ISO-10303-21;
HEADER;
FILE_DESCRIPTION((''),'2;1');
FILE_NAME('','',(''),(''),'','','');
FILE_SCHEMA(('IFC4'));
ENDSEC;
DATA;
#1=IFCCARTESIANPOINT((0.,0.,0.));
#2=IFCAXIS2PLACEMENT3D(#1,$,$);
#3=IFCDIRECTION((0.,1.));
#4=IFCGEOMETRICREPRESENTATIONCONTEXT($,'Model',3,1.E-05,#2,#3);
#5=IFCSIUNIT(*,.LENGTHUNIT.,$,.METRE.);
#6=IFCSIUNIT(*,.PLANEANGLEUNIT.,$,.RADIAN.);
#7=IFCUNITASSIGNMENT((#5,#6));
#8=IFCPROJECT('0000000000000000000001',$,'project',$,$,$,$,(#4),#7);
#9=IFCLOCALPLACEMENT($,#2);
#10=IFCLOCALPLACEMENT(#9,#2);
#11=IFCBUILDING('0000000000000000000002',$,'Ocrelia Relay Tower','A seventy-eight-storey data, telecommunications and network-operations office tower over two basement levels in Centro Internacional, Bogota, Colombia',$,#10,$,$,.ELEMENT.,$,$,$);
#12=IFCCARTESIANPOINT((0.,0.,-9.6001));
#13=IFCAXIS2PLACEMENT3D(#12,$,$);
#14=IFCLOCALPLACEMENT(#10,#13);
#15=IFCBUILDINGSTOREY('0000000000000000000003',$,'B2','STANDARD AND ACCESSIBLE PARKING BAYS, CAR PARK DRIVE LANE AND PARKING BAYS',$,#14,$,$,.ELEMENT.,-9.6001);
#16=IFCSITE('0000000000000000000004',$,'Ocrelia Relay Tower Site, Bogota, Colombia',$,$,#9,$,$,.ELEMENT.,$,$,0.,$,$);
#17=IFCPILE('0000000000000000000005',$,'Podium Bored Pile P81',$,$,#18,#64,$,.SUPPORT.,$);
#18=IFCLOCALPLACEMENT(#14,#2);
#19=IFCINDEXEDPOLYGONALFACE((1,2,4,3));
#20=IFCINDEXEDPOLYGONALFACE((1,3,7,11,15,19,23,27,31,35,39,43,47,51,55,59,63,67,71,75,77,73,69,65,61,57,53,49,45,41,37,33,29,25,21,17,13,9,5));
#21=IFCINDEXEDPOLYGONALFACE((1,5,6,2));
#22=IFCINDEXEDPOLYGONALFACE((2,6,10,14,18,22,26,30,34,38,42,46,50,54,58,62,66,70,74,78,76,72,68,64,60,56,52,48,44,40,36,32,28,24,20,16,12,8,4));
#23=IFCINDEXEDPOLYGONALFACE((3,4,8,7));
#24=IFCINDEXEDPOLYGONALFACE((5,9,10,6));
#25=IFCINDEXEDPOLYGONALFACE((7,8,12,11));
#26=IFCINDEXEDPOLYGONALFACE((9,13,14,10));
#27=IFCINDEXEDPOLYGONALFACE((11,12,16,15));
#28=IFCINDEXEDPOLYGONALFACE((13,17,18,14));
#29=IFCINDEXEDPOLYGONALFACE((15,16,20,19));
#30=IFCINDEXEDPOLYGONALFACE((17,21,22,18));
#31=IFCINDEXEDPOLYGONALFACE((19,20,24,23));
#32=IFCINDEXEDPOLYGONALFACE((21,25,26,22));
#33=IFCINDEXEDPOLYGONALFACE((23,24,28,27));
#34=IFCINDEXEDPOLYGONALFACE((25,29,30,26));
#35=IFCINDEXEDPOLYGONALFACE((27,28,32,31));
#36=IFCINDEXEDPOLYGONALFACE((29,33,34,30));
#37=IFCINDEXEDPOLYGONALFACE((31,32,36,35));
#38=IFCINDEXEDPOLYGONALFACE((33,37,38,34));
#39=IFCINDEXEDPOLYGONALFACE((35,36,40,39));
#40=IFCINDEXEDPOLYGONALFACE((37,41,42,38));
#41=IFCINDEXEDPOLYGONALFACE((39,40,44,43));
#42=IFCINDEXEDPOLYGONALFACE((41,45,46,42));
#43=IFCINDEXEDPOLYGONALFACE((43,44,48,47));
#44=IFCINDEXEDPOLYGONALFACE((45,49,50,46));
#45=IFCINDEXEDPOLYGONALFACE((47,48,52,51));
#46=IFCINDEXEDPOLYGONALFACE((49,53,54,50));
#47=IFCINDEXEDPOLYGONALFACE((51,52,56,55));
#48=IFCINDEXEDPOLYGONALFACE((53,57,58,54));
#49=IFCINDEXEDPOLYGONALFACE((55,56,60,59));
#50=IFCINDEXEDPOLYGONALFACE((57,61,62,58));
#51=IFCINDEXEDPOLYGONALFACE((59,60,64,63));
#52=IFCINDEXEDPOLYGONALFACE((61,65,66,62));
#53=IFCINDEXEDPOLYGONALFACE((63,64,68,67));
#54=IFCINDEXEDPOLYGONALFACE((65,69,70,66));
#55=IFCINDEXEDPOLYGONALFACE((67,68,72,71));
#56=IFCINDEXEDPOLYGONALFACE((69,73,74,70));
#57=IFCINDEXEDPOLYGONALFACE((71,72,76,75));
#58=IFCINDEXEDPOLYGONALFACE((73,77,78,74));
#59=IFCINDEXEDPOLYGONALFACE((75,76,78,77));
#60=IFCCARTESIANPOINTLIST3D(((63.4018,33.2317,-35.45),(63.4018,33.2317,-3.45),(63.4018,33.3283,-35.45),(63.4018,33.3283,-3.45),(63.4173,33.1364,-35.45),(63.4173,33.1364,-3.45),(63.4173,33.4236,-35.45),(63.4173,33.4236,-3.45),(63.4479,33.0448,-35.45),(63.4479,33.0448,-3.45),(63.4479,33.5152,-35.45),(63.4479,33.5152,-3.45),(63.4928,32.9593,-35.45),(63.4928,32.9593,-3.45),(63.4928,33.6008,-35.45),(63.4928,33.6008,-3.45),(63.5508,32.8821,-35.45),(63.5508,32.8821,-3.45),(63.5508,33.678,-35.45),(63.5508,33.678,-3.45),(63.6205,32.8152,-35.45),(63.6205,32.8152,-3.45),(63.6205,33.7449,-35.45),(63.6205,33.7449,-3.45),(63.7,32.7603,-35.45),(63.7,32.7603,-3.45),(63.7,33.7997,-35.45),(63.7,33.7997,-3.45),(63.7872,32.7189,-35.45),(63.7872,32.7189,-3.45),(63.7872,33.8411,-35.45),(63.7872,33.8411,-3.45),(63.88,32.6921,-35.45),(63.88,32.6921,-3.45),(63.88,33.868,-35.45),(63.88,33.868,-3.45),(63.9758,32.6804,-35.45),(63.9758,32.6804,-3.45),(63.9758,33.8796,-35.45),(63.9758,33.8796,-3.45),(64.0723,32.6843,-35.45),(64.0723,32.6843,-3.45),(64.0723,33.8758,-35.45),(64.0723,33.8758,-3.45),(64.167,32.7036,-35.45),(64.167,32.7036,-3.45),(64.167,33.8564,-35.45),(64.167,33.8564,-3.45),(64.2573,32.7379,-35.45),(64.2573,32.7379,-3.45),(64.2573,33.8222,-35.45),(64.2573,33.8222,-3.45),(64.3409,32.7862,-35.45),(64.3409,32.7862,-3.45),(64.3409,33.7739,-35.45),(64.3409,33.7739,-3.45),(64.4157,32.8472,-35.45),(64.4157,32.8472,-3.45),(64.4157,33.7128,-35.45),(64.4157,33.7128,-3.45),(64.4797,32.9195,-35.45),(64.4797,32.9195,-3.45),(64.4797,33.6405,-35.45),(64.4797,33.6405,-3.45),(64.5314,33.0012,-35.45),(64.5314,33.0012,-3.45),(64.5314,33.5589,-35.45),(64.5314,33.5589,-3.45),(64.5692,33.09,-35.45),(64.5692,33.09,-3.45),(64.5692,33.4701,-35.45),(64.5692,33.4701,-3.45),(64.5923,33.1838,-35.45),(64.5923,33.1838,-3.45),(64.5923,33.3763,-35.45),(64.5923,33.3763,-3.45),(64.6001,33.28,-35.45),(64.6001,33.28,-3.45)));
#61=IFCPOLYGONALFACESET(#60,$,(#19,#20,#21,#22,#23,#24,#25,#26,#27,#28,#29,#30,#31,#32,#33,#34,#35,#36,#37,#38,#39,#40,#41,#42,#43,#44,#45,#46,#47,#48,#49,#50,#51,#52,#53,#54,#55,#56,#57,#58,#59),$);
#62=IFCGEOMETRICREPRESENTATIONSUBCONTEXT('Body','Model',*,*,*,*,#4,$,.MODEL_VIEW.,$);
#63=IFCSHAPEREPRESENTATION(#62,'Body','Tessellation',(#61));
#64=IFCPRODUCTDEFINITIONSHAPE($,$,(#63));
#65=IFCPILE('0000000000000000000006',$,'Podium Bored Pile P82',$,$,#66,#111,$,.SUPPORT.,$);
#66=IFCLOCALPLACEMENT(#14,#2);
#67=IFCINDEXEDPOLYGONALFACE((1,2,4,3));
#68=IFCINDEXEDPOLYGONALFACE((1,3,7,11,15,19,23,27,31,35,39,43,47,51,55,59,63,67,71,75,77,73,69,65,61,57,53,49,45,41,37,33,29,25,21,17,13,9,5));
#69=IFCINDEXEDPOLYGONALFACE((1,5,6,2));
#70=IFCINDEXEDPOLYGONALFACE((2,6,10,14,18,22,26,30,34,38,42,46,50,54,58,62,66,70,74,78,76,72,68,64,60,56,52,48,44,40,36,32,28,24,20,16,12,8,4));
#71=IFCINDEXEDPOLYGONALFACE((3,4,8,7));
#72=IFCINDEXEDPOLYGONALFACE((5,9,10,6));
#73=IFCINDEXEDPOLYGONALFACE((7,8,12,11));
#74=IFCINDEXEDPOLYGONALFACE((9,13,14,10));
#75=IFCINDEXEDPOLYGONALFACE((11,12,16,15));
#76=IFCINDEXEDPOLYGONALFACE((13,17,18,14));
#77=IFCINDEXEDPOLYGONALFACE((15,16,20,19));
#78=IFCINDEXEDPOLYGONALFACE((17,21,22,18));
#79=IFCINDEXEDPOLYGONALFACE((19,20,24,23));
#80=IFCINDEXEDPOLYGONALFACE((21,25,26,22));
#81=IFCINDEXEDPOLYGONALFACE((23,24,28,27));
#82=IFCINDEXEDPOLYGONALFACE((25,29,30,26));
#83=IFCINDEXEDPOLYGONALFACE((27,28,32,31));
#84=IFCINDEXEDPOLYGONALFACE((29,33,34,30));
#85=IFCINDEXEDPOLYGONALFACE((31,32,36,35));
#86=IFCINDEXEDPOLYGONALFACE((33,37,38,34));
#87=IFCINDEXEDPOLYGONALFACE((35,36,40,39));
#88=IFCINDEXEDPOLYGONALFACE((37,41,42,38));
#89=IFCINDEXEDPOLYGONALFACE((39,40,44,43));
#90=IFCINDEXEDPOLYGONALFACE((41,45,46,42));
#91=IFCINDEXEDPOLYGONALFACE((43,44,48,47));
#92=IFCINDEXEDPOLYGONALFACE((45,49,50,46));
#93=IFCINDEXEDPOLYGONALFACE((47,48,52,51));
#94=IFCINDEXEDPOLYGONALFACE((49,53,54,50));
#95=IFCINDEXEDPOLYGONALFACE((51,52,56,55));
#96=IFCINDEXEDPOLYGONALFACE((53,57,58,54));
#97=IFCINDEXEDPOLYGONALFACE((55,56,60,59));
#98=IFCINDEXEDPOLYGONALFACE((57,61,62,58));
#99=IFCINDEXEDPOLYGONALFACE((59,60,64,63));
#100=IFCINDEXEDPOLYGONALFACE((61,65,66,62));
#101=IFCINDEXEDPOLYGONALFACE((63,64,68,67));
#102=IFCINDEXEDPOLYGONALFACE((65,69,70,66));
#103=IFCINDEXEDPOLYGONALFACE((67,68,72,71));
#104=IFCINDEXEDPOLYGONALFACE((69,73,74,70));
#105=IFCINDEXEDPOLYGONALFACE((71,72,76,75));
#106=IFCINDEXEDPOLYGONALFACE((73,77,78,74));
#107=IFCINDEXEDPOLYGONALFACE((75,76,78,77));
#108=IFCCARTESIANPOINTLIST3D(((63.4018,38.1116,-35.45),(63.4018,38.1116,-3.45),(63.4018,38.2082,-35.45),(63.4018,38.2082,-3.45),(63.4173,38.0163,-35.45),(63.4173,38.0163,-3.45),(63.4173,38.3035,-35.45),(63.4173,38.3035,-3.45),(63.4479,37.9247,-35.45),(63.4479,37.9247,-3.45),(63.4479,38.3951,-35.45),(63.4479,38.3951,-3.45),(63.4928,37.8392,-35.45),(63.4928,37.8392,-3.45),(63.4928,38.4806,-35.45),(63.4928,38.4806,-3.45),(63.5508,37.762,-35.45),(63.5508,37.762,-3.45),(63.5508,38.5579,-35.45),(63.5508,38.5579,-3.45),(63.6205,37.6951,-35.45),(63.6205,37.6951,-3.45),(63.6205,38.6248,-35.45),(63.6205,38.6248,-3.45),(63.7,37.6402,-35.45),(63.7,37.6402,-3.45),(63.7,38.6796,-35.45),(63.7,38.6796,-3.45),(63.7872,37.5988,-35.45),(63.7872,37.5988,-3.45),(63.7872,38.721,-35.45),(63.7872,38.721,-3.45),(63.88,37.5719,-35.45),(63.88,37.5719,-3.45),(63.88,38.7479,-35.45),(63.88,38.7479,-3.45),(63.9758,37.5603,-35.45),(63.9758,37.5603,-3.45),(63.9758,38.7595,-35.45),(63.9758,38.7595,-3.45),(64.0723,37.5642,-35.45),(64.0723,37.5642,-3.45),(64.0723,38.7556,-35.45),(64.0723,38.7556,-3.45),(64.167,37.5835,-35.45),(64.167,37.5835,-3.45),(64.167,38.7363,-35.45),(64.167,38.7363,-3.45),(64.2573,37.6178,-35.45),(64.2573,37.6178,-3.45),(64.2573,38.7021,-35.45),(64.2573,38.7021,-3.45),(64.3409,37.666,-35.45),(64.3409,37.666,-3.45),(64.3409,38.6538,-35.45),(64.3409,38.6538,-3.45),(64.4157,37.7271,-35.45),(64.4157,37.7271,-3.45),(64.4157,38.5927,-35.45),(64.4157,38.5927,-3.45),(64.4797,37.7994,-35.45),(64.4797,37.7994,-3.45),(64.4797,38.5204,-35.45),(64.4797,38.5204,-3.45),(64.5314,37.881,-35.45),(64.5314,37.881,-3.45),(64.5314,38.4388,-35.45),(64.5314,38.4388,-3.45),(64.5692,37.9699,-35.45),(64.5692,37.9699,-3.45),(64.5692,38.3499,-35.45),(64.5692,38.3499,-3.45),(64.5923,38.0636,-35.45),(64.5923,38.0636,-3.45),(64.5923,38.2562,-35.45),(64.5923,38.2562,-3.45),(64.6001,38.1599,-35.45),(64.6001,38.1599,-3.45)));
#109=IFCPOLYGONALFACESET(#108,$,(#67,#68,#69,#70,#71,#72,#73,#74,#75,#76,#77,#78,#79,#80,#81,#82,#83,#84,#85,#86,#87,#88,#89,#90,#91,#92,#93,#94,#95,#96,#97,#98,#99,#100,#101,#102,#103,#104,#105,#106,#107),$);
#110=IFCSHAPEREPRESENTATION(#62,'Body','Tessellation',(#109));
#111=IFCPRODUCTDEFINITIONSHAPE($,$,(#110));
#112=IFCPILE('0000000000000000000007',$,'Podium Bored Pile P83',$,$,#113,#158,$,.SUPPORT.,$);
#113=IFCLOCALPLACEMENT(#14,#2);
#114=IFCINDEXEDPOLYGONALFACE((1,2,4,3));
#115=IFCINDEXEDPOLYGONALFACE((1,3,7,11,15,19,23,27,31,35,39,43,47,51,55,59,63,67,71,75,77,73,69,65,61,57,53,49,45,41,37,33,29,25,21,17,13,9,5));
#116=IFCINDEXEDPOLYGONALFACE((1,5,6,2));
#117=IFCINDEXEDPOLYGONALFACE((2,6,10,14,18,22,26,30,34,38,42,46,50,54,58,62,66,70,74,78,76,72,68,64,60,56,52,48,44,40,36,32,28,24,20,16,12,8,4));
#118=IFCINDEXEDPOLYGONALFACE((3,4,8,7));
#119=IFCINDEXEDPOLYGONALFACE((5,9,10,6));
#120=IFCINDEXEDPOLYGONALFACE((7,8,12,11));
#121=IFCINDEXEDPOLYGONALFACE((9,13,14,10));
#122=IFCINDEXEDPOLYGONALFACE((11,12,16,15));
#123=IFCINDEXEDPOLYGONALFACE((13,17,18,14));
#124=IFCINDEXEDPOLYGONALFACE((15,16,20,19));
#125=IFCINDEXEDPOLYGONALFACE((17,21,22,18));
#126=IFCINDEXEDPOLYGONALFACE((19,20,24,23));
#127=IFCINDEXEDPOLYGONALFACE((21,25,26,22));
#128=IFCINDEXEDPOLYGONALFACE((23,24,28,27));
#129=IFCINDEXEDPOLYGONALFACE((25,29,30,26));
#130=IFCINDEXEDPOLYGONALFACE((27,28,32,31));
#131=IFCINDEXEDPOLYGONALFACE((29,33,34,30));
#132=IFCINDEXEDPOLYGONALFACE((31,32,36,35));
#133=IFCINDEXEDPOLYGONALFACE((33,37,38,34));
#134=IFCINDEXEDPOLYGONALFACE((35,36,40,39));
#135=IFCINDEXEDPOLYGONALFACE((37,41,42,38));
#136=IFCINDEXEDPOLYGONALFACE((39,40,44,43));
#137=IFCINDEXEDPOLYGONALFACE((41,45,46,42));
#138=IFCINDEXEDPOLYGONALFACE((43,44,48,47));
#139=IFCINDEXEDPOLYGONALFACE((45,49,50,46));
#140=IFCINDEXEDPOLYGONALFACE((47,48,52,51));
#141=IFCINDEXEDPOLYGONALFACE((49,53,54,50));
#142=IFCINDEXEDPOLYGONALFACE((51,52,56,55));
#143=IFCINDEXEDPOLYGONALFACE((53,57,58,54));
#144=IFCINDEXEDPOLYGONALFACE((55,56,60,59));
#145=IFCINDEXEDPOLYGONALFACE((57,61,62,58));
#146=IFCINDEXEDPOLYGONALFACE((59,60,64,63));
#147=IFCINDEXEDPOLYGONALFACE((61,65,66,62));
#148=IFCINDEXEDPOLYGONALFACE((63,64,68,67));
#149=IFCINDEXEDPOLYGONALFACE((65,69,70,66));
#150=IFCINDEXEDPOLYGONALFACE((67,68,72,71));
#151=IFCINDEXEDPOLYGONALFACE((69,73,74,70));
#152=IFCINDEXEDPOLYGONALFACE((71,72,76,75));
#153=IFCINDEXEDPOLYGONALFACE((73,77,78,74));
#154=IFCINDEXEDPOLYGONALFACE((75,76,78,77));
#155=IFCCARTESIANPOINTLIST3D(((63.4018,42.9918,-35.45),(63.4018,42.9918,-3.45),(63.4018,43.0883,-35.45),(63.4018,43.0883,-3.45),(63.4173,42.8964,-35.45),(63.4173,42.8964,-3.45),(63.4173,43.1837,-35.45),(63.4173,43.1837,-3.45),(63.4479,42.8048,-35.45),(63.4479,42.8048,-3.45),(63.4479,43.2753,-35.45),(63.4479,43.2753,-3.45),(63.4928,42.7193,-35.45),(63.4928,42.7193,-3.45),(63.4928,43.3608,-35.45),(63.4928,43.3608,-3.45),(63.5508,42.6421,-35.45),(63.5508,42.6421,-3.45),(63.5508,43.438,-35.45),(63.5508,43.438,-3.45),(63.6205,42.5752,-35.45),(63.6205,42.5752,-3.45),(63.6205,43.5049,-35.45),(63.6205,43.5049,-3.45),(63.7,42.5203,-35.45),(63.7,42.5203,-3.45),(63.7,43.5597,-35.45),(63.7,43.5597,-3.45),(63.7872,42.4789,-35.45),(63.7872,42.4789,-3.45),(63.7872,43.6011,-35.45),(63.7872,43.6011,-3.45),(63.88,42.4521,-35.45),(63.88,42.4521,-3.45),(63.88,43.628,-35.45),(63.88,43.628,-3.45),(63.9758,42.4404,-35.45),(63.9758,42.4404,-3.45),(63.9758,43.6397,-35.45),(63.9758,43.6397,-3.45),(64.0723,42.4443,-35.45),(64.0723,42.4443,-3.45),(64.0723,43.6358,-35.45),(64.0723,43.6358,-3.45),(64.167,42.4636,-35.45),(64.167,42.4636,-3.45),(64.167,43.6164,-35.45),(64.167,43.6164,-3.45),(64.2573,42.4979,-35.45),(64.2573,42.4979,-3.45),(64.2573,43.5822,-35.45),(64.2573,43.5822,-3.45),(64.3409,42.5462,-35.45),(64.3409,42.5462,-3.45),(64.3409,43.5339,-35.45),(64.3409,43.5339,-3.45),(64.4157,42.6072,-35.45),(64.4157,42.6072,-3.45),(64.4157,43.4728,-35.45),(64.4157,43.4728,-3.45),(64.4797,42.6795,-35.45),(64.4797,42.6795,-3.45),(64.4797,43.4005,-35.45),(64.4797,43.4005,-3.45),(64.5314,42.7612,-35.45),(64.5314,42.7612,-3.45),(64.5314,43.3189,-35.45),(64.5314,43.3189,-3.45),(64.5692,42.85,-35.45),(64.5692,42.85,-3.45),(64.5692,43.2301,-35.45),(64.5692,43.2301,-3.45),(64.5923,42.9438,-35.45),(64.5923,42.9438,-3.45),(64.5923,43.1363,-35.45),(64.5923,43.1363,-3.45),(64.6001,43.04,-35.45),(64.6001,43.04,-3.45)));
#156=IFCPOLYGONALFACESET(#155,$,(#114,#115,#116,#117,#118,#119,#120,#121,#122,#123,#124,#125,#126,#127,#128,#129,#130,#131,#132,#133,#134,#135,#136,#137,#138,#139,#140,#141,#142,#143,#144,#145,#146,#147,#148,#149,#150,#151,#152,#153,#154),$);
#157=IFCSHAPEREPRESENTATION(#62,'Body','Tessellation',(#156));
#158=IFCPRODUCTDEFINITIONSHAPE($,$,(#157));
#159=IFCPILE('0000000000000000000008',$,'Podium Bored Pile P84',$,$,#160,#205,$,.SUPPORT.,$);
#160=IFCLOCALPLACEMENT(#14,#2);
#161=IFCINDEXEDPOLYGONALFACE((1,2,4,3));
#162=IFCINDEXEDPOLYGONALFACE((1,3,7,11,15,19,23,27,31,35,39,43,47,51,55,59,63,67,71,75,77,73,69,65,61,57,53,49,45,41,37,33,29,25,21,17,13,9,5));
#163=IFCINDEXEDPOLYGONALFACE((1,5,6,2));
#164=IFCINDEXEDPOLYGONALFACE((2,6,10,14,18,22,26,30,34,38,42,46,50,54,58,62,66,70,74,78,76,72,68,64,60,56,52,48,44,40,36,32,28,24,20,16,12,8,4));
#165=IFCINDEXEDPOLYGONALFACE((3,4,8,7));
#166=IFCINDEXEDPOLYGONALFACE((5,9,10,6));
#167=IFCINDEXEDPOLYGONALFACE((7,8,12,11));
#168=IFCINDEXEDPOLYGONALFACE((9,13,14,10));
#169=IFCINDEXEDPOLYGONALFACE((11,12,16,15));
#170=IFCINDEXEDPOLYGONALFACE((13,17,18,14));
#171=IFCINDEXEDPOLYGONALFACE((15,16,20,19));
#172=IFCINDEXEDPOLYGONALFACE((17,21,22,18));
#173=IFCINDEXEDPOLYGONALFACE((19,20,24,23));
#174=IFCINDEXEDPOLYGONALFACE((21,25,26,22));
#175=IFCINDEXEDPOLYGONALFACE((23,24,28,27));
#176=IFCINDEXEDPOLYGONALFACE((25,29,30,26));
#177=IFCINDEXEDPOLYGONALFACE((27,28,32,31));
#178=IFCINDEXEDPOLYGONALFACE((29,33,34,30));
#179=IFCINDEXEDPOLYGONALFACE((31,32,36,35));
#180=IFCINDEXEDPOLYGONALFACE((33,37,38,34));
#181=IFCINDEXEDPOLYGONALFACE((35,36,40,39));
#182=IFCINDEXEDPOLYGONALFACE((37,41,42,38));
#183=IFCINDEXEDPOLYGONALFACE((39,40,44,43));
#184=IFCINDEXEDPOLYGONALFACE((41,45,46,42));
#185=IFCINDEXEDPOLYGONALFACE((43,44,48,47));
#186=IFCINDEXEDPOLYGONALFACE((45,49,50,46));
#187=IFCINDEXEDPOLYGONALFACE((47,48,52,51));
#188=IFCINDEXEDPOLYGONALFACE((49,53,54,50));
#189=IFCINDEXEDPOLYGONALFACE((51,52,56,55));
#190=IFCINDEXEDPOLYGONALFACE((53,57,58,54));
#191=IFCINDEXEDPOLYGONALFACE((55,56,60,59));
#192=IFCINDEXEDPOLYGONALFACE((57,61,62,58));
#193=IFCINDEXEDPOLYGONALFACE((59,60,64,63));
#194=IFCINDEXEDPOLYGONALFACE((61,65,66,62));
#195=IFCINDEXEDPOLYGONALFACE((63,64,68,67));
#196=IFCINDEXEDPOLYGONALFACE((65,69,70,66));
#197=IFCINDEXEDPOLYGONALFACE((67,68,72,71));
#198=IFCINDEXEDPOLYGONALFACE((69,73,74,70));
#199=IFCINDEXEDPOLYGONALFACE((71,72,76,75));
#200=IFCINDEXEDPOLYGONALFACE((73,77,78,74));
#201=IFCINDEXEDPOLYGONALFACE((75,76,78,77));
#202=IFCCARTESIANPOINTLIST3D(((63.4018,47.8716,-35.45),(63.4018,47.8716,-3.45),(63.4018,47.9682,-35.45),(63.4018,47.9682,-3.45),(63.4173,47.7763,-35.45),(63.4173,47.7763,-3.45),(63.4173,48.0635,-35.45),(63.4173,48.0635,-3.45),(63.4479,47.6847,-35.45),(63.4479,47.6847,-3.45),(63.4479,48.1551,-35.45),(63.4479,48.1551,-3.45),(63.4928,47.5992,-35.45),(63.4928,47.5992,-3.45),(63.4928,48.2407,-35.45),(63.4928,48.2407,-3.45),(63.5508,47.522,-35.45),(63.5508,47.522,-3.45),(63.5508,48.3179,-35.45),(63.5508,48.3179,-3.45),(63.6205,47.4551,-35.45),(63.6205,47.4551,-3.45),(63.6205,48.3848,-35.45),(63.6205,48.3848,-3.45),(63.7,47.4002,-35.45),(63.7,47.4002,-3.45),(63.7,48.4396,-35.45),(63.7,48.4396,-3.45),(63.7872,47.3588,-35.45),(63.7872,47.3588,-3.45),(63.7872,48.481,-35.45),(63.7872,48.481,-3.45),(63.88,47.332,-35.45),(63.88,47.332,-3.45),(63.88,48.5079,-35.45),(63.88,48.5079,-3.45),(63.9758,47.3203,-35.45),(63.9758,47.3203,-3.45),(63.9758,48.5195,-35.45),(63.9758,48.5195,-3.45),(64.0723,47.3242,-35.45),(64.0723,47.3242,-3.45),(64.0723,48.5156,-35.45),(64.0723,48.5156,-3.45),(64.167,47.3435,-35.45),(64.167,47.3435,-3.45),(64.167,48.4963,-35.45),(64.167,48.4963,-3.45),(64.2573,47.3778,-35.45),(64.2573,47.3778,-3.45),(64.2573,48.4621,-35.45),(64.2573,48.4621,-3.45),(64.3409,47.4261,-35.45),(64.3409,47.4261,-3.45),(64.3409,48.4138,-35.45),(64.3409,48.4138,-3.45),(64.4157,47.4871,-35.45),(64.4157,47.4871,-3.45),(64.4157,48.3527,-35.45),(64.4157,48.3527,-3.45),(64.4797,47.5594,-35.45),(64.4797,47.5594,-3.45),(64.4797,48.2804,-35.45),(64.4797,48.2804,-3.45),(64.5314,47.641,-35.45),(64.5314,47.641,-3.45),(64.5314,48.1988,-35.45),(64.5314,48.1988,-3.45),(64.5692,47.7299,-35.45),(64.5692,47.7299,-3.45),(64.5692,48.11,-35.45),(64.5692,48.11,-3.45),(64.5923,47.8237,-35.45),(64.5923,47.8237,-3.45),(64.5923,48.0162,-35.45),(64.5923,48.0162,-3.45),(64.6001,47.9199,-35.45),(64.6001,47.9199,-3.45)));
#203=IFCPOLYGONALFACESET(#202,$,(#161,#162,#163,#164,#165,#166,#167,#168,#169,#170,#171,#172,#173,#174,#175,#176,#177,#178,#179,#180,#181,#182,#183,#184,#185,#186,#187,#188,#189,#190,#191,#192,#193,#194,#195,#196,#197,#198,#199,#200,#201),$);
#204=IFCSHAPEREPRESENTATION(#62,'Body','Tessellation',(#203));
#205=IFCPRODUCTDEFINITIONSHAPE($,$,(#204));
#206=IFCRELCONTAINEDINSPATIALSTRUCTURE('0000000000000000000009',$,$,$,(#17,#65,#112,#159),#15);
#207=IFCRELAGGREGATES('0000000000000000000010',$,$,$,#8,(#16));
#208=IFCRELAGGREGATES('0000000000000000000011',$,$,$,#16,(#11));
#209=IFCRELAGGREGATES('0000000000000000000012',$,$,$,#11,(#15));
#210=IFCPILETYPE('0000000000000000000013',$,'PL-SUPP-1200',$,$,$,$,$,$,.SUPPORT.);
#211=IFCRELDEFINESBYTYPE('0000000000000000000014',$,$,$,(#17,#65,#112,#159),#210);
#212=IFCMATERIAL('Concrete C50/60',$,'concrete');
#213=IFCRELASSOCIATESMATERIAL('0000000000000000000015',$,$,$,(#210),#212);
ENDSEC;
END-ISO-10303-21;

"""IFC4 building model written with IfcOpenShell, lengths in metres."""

from ifc_helpers import new_model, si_unit, direction, frame, origin, origin_2d, place, context, subcontext, project, spatial, circle, extrude, material, material_profile, profile_set, type_object, element, save


model = new_model("IFC4")

# Units and contexts
model_context = context("Model", 3, precision=1e-05, world=origin(), true_north=direction((0.0, 1.0)))
body_context = subcontext(model_context, "Body", "Model", "MODEL_VIEW")
ifc_project = project(units=[si_unit("LENGTHUNIT", "METRE"), si_unit("PLANEANGLEUNIT", "RADIAN")], contexts=[model_context])

# Site, building, storey
site_placement = place(None, origin())
site = spatial("IfcSite", under=ifc_project, at=site_placement, Name="Ocrelia Relay Tower Site, Bogota, Colombia", CompositionType="ELEMENT", RefElevation=0.0)
building_placement = place(site_placement, origin())
building = spatial("IfcBuilding", under=site, at=building_placement, Name="Ocrelia Relay Tower", Description="A seventy-eight-storey data, telecommunications and network-operations office tower over two basement levels in Centro Internacional, Bogota, Colombia", CompositionType="ELEMENT")
storey_placement = place(building_placement, frame((0.0, 0.0, -9.6001)))
storey = spatial("IfcBuildingStorey", under=building, at=storey_placement, Name="B2", Description="STANDARD AND ACCESSIBLE PARKING BAYS, CAR PARK DRIVE LANE AND PARKING BAYS", CompositionType="ELEMENT", Elevation=-9.6001)

# Piles
ifc_material_1 = material(Name="Concrete C50/60", Category="concrete")
ifc_material_profile_1 = material_profile(ifc_material_1, circle(Radius=0.6001, at=origin_2d()), Name="PILE-1200")
ifc_profile_set_1 = profile_set([ifc_material_profile_1], Name="Concrete C50/60")
pile_type_1 = type_object("IfcPileType", Name="PL-SUPP-1200", PredefinedType="SUPPORT", material=ifc_profile_set_1)
for number, where, z_axis, x_axis, name in (
    (1, (64.0, 33.28, -3.45), (0.0, 0.0, -1.0), (1.0, 0.0, 0.0), "Podium Bored Pile P81"),
    (2, (64.0, 38.1599, -3.45), (0.0, 0.0, -1.0), (1.0, 0.0, 0.0), "Podium Bored Pile P82"),
    (3, (64.0, 43.04, -3.45), (0.0, 0.0, -1.0), (1.0, 0.0, 0.0), "Podium Bored Pile P83"),
    (4, (64.0, 47.9199, -3.45), (0.0, 0.0, -1.0), (1.0, 0.0, 0.0), "Podium Bored Pile P84"),
):
    element("IfcPile", number, at=place(storey_placement, frame(where, z_axis=z_axis, x_axis=x_axis)), inside=storey, type_object=pile_type_1, Name=name, PredefinedType="SUPPORT", context=body_context, shape_type="SweptSolid", body=[
        extrude(circle(Radius=0.6001, at=origin_2d()), origin(), (0.0, 0.0, 1.0), 32.0),
    ])

save(model, "model.ifc")
